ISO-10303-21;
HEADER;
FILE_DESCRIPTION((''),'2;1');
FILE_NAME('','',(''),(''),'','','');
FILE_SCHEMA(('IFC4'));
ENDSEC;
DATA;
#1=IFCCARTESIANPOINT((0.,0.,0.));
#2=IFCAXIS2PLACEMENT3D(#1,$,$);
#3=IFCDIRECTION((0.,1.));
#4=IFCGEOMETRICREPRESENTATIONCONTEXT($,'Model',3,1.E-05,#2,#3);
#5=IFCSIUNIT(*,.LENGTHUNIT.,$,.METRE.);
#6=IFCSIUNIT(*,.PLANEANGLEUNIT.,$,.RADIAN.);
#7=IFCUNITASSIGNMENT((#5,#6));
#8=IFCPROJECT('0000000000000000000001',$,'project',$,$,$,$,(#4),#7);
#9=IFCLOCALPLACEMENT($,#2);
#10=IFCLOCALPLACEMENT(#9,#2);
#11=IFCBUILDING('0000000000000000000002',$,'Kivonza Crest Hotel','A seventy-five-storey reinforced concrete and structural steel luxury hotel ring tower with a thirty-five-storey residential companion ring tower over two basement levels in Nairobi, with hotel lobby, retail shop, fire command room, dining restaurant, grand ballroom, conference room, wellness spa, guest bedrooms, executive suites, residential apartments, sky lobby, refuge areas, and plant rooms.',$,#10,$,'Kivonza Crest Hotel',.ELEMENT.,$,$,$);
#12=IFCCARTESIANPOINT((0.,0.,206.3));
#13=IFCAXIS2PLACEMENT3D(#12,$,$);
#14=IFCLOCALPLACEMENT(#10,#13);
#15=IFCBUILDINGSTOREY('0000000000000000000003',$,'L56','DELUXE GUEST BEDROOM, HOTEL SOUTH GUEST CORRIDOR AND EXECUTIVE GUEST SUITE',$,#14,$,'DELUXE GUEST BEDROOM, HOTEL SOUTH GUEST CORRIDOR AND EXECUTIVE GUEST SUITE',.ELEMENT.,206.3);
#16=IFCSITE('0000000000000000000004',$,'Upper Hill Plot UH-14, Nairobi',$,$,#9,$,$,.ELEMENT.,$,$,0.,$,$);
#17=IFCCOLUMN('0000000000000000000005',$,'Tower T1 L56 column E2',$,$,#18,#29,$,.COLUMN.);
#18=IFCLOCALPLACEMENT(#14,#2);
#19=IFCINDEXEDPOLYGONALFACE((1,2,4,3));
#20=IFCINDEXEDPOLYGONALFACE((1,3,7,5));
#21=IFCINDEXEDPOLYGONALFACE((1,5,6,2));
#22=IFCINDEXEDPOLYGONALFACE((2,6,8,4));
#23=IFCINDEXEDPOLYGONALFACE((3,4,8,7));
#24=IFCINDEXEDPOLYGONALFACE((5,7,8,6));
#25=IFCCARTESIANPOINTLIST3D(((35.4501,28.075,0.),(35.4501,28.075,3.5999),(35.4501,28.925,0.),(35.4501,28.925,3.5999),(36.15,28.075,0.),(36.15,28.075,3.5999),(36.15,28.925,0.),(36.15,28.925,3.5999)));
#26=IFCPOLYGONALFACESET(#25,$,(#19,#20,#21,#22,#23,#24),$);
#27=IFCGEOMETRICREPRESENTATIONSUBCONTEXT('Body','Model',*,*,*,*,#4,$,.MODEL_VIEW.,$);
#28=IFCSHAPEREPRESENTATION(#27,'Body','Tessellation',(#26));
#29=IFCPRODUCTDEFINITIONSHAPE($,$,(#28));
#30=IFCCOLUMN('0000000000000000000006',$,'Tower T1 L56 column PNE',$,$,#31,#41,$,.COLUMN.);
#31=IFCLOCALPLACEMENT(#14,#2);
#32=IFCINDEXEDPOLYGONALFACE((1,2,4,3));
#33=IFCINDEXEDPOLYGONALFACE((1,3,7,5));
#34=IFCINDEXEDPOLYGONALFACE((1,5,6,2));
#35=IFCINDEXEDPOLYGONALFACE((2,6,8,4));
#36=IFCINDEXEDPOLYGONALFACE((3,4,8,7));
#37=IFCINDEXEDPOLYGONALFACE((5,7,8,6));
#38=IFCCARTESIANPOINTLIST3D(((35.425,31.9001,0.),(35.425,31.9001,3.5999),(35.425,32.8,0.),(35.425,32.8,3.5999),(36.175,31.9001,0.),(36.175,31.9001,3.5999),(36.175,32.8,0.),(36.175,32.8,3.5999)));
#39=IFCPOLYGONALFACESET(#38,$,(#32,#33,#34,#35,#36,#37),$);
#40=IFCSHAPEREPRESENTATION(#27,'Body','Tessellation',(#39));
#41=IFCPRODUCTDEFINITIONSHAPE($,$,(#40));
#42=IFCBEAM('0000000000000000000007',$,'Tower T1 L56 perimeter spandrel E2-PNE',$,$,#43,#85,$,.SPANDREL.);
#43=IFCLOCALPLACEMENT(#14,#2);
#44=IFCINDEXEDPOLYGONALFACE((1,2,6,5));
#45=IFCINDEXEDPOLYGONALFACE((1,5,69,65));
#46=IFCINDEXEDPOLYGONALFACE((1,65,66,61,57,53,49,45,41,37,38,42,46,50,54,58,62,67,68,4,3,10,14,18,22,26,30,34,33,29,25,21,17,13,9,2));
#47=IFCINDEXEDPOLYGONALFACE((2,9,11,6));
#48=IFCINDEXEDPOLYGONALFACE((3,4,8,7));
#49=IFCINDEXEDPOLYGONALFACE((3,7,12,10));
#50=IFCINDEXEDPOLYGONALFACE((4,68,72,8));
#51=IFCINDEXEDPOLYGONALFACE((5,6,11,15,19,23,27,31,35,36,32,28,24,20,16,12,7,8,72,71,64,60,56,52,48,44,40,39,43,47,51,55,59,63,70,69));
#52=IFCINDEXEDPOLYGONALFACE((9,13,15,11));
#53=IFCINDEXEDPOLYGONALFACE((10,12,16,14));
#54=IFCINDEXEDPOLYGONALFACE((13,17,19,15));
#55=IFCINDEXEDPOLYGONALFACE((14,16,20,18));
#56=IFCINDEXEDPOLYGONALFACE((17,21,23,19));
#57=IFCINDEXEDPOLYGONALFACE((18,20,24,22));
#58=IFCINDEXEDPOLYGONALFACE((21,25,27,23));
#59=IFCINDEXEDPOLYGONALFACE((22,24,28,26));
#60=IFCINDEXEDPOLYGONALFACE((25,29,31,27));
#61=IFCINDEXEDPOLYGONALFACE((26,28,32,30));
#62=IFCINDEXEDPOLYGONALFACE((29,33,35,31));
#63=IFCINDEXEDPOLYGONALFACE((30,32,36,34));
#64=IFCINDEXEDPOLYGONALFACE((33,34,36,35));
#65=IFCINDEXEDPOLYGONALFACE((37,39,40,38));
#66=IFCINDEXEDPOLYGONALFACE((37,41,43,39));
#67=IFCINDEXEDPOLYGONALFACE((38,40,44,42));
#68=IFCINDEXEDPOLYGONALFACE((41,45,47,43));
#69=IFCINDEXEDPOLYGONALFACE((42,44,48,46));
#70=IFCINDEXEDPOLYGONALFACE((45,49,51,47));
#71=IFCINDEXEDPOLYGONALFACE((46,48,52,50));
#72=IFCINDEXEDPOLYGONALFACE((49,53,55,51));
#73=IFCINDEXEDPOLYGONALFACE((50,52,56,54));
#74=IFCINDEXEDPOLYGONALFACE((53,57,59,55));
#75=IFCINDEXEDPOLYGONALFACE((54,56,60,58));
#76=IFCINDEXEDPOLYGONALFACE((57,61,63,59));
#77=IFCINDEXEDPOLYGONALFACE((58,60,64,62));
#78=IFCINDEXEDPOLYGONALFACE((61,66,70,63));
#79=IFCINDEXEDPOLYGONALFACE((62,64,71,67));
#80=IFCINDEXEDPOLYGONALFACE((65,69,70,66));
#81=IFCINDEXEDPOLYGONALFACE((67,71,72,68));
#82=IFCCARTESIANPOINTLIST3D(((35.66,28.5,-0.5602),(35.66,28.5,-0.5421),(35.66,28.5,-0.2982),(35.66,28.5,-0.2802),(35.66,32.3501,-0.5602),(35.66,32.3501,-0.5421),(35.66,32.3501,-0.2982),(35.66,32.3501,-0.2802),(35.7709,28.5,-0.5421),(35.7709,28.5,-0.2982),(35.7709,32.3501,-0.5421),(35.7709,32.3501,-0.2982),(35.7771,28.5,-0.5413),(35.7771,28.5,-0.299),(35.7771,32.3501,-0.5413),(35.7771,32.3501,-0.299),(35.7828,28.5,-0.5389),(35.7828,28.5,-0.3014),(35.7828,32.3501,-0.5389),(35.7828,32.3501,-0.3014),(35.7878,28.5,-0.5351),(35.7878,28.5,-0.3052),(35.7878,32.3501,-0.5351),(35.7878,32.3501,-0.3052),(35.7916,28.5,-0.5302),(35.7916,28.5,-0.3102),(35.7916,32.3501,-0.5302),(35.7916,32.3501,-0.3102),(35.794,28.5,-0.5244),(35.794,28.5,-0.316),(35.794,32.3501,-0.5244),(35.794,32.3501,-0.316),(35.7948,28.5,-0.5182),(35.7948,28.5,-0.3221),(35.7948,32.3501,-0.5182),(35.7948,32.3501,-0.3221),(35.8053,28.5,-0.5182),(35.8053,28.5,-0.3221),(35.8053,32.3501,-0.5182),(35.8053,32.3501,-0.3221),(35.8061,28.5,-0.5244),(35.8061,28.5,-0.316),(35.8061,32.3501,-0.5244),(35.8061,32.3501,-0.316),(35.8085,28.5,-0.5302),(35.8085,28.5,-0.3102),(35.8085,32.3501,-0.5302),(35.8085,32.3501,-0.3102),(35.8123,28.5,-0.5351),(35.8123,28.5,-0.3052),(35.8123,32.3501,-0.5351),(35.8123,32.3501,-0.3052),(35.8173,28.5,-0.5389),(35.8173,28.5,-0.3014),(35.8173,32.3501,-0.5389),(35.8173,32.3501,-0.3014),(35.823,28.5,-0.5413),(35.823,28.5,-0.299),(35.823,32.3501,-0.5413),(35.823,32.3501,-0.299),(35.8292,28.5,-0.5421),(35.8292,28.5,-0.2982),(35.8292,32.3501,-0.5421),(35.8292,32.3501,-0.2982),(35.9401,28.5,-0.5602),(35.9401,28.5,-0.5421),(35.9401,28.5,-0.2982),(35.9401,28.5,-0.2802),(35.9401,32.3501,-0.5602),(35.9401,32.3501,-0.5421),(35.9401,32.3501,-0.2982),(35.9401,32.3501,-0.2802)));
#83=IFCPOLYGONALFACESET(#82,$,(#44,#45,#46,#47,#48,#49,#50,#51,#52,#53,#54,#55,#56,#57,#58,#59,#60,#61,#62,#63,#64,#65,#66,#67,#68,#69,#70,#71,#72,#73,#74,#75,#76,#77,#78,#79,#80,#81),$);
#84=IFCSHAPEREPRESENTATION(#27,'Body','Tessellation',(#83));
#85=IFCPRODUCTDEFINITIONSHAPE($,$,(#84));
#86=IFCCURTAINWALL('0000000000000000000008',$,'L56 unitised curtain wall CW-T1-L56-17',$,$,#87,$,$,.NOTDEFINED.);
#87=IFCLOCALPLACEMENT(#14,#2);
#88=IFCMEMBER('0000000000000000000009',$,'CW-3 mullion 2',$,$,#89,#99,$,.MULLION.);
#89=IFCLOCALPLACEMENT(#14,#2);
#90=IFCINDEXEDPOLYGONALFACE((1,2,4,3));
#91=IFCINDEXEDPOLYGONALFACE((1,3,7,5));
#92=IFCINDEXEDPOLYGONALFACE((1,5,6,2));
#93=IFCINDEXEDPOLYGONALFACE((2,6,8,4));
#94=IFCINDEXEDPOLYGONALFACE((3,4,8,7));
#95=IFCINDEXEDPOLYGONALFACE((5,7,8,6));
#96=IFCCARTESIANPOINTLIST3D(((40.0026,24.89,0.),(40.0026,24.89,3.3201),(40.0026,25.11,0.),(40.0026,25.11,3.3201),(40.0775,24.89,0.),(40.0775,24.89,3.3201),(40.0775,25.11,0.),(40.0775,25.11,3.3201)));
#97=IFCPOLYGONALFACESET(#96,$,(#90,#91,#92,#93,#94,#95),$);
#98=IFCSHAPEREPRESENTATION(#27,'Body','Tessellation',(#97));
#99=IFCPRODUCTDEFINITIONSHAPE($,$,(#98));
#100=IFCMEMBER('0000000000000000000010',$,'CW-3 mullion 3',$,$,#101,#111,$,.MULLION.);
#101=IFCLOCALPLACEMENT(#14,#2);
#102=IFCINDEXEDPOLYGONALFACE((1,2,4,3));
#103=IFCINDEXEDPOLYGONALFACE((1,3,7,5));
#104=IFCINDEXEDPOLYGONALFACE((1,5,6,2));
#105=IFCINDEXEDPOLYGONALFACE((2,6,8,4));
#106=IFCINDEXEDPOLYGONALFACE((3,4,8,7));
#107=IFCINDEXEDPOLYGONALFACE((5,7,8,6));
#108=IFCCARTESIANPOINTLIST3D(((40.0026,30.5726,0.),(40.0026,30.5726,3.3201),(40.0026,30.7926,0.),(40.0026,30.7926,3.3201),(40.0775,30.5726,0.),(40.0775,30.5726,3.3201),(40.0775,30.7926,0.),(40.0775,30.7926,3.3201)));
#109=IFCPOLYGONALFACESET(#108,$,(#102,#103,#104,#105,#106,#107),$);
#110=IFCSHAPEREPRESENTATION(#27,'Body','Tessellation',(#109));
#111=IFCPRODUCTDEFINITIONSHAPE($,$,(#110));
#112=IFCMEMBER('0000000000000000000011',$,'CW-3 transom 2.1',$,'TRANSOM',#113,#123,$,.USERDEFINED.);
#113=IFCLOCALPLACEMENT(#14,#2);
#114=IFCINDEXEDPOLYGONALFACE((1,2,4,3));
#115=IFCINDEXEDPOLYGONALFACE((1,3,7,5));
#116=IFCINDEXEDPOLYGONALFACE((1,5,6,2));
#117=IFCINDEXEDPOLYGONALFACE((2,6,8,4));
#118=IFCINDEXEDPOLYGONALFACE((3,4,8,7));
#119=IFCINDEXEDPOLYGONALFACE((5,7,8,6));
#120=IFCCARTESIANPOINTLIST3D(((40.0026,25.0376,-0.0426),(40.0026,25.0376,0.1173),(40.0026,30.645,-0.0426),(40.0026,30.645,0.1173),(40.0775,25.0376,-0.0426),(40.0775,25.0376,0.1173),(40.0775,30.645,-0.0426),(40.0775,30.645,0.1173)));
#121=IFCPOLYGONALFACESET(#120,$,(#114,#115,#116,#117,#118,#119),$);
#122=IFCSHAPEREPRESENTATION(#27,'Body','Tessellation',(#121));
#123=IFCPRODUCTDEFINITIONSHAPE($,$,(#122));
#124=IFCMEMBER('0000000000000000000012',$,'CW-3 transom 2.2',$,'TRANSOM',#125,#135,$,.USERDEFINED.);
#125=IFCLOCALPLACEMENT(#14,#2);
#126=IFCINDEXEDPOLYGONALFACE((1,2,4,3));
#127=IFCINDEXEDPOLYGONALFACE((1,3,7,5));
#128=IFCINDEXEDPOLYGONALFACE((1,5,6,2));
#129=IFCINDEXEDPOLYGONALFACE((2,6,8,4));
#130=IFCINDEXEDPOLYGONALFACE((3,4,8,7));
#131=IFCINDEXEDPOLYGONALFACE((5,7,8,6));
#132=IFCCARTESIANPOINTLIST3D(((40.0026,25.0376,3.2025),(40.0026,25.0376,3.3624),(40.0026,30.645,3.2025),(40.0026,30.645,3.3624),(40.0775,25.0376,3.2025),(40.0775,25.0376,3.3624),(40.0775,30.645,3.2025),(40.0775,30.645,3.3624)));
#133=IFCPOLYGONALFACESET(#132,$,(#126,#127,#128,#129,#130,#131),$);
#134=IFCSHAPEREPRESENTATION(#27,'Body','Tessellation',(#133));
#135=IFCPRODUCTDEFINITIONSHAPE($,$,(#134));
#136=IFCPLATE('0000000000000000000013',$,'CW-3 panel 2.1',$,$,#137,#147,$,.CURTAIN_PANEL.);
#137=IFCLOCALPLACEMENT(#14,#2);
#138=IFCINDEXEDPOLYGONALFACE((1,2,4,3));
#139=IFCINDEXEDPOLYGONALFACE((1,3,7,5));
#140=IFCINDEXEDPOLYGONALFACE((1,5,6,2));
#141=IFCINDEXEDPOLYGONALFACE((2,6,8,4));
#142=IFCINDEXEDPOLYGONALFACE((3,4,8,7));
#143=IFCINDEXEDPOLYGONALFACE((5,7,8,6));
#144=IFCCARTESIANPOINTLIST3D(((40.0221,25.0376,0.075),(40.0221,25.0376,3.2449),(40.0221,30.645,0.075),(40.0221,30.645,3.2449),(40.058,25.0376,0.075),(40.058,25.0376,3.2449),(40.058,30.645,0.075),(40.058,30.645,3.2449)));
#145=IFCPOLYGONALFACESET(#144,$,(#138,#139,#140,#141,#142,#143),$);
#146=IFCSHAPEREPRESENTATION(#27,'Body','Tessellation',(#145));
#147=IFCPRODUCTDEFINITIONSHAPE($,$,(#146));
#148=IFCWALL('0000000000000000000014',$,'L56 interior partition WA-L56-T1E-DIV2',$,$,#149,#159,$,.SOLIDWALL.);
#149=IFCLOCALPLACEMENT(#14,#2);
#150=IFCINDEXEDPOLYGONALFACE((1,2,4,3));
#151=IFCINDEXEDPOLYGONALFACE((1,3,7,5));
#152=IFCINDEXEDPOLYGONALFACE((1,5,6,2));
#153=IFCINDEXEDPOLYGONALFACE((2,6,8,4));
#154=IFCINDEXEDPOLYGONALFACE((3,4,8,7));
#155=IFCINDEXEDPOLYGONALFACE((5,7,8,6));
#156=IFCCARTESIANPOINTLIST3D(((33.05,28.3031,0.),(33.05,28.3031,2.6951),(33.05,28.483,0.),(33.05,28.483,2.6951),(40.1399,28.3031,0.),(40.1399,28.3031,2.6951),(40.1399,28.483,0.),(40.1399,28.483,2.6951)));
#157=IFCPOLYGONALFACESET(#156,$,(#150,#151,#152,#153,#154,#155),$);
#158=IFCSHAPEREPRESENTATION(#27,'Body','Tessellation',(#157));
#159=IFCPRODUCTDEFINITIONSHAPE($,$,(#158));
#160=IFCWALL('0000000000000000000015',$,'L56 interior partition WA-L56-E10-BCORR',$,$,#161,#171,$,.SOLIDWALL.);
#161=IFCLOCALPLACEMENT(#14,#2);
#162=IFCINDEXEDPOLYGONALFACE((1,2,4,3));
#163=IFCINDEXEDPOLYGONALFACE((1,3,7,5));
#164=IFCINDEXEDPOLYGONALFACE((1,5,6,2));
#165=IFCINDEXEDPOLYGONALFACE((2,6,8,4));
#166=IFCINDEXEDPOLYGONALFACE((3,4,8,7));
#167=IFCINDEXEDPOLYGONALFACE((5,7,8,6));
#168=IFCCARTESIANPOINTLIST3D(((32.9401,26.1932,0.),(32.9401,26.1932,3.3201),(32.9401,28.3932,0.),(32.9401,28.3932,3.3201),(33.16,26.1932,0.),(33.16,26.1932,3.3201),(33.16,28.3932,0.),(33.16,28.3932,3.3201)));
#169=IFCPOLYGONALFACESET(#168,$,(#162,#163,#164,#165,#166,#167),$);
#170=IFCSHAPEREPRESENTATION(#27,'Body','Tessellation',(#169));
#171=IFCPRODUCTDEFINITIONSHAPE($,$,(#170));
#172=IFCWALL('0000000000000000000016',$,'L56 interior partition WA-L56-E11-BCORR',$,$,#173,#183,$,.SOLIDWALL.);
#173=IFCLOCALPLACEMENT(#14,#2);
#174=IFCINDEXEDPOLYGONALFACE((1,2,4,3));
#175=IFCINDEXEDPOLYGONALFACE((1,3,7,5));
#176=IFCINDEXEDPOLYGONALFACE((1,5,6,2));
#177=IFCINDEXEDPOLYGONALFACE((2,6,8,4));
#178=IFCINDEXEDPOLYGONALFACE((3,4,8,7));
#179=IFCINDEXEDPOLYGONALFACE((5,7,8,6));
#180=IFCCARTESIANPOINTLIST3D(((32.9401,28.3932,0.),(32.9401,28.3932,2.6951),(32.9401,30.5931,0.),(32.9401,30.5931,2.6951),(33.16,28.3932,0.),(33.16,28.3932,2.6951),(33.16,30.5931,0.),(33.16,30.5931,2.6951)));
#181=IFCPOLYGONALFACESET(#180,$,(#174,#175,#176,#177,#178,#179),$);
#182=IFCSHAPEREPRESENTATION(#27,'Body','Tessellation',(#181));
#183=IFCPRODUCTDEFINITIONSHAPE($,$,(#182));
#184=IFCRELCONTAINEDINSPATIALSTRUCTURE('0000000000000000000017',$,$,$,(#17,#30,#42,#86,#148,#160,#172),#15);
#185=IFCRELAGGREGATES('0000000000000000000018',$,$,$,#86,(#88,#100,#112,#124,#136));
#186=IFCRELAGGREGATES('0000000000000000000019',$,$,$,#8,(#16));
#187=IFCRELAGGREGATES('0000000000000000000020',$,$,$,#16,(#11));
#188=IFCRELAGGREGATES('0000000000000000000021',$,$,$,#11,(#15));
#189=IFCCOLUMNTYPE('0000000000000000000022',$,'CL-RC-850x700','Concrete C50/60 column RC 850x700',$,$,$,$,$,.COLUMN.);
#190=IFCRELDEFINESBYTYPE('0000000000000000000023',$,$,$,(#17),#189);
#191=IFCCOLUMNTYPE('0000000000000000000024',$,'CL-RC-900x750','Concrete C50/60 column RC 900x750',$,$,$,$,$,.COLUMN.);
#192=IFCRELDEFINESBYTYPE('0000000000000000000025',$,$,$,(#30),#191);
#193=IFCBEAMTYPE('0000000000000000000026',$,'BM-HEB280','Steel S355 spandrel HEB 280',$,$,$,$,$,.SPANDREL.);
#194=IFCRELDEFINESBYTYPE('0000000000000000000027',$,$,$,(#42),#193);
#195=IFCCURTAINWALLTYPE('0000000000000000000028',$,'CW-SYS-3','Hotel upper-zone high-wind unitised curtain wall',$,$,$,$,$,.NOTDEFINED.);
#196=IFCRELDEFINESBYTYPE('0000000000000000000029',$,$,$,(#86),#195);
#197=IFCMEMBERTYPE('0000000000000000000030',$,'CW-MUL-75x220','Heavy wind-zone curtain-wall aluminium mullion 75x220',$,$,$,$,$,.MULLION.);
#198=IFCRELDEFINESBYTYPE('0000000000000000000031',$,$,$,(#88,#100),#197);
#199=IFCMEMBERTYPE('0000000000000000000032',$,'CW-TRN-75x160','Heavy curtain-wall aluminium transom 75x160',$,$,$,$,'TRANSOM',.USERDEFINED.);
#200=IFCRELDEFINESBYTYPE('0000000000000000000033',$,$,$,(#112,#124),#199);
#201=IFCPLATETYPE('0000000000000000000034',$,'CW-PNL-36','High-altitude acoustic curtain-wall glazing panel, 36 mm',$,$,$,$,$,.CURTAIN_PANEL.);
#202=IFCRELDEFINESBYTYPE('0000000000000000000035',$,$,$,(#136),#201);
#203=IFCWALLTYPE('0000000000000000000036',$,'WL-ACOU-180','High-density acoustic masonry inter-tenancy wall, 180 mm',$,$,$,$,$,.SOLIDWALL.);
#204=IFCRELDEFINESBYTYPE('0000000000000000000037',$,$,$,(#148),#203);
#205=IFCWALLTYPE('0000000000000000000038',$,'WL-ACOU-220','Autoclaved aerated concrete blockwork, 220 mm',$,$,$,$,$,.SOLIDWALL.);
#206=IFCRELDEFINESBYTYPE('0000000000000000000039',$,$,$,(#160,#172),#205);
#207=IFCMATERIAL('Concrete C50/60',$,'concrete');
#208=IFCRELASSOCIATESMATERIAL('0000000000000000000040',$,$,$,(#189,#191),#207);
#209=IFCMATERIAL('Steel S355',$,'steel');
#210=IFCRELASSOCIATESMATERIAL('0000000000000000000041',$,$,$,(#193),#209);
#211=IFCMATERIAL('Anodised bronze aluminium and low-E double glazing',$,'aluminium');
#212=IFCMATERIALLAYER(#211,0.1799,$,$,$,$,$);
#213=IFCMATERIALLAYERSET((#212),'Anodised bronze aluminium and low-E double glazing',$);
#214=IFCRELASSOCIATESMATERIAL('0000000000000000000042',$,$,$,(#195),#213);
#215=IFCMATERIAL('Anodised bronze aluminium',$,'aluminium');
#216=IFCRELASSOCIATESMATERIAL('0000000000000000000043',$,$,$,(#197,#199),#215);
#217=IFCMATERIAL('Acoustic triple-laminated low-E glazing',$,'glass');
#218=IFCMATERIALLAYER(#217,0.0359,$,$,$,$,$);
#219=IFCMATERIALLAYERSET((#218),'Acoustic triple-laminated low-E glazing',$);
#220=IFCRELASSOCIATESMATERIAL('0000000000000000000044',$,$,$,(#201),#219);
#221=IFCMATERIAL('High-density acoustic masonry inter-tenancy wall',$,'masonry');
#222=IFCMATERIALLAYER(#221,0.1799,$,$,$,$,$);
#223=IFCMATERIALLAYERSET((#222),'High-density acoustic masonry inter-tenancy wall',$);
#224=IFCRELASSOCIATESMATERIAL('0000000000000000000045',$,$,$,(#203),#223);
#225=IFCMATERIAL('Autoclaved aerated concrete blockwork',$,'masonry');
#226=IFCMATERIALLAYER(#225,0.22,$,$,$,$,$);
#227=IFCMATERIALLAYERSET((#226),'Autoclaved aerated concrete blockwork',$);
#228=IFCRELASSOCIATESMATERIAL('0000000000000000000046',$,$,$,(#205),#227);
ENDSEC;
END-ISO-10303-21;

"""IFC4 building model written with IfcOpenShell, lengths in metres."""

from ifc_helpers import new_model, si_unit, direction, frame, frame_2d, origin, origin_2d, place, context, subcontext, project, spatial, rectangle, i_section, extrude, material, layer, layer_set, material_profile, profile_set, type_object, element, aggregate, save


model = new_model("IFC4")

# Units and contexts
model_context = context("Model", 3, precision=1e-05, world=origin(), true_north=direction((0.0, 1.0)))
body_context = subcontext(model_context, "Body", "Model", "MODEL_VIEW")
ifc_project = project(units=[si_unit("LENGTHUNIT", "METRE"), si_unit("PLANEANGLEUNIT", "RADIAN")], contexts=[model_context])

# Site, building, storey
site_placement = place(None, origin())
site = spatial("IfcSite", under=ifc_project, at=site_placement, Name="Upper Hill Plot UH-14, Nairobi", CompositionType="ELEMENT", RefElevation=0.0)
building_placement = place(site_placement, origin())
building = spatial("IfcBuilding", under=site, at=building_placement, Name="Kivonza Crest Hotel", Description="A seventy-five-storey reinforced concrete and structural steel luxury hotel ring tower with a thirty-five-storey residential companion ring tower over two basement levels in Nairobi, with hotel lobby, retail shop, fire command room, dining restaurant, grand ballroom, conference room, wellness spa, guest bedrooms, executive suites, residential apartments, sky lobby, refuge areas, and plant rooms.", LongName="Kivonza Crest Hotel", CompositionType="ELEMENT")
storey_placement = place(building_placement, frame((0.0, 0.0, 206.3)))
storey = spatial("IfcBuildingStorey", under=building, at=storey_placement, Name="L56", Description="DELUXE GUEST BEDROOM, HOTEL SOUTH GUEST CORRIDOR AND EXECUTIVE GUEST SUITE", LongName="DELUXE GUEST BEDROOM, HOTEL SOUTH GUEST CORRIDOR AND EXECUTIVE GUEST SUITE", CompositionType="ELEMENT", Elevation=206.3)

# Columns
ifc_material_1 = material(Name="Concrete C50/60", Category="concrete")
ifc_material_profile_1 = material_profile(ifc_material_1, rectangle(XDim=0.7, YDim=0.8501, at=origin_2d()), Name="RC 850x700")
ifc_profile_set_1 = profile_set([ifc_material_profile_1], Name="Concrete C50/60")
column_type_1 = type_object("IfcColumnType", Name="CL-RC-850x700", Description="Concrete C50/60 column RC 850x700", PredefinedType="COLUMN", material=ifc_profile_set_1)
column_1_placement = place(storey_placement, frame((35.8, 28.5, 0.0), z_axis=(0.0, 0.0, 1.0), x_axis=(1.0, 0.0, 0.0)))
element("IfcColumn", 1, at=column_1_placement, inside=storey, type_object=column_type_1, Name="Tower T1 L56 column E2", PredefinedType="COLUMN", context=body_context, shape_type="SweptSolid", body=[
    extrude(rectangle(XDim=0.7, YDim=0.8501, at=origin_2d()), origin(), (0.0, 0.0, 1.0), 3.5999),
])
ifc_material_profile_2 = material_profile(ifc_material_1, rectangle(XDim=0.75, YDim=0.8999, at=origin_2d()), Name="RC 900x750")
ifc_profile_set_2 = profile_set([ifc_material_profile_2], Name="Concrete C50/60")
column_type_2 = type_object("IfcColumnType", Name="CL-RC-900x750", Description="Concrete C50/60 column RC 900x750", PredefinedType="COLUMN", material=ifc_profile_set_2)
column_2_placement = place(storey_placement, frame((35.8, 32.3501, 0.0), z_axis=(0.0, 0.0, 1.0), x_axis=(1.0, 0.0, 0.0)))
element("IfcColumn", 2, at=column_2_placement, inside=storey, type_object=column_type_2, Name="Tower T1 L56 column PNE", PredefinedType="COLUMN", context=body_context, shape_type="SweptSolid", body=[
    extrude(rectangle(XDim=0.75, YDim=0.8999, at=origin_2d()), origin(), (0.0, 0.0, 1.0), 3.5999),
])

# Beam
ifc_material_2 = material(Name="Steel S355", Category="steel")
ifc_material_profile_3 = material_profile(ifc_material_2, i_section(OverallWidth=0.28, OverallDepth=0.28, WebThickness=0.0105, FlangeThickness=0.0181, FilletRadius=0.0239, at=origin_2d()), Name="HEB 280")
ifc_profile_set_3 = profile_set([ifc_material_profile_3], Name="Steel S355")
beam_type = type_object("IfcBeamType", Name="BM-HEB280", Description="Steel S355 spandrel HEB 280", PredefinedType="SPANDREL", material=ifc_profile_set_3)
beam_placement = place(storey_placement, frame((35.8, 28.5, -0.4202), z_axis=(0.0, 1.0, 0.0), x_axis=(-1.0, 0.0, 0.0)))
element("IfcBeam", 3, at=beam_placement, inside=storey, type_object=beam_type, Name="Tower T1 L56 perimeter spandrel E2-PNE", PredefinedType="SPANDREL", context=body_context, shape_type="SweptSolid", body=[
    extrude(i_section(OverallWidth=0.28, OverallDepth=0.28, WebThickness=0.0105, FlangeThickness=0.0181, FilletRadius=0.0239, at=origin_2d()), origin(), (0.0, 0.0, 1.0), 3.8501),
])

# Curtain wall, members, plate
ifc_material_3 = material(Name="Anodised bronze aluminium and low-E double glazing", Category="aluminium")
ifc_layer_1 = layer(ifc_material_3, 0.1799)
ifc_layer_set_1 = layer_set([ifc_layer_1], Name="Anodised bronze aluminium and low-E double glazing")
curtain_wall_type = type_object("IfcCurtainWallType", Name="CW-SYS-3", Description="Hotel upper-zone high-wind unitised curtain wall", PredefinedType="NOTDEFINED", material=ifc_layer_set_1)
curtain_wall_placement = place(storey_placement, origin())
curtain_wall = element("IfcCurtainWall", 4, at=curtain_wall_placement, inside=storey, type_object=curtain_wall_type, Name="L56 unitised curtain wall CW-T1-L56-17", PredefinedType="NOTDEFINED")
ifc_material_4 = material(Name="Anodised bronze aluminium", Category="aluminium")
ifc_material_profile_4 = material_profile(ifc_material_4, rectangle(XDim=0.075, YDim=0.22, at=origin_2d()), Name="CW-M 75x220")
ifc_profile_set_4 = profile_set([ifc_material_profile_4], Name="Anodised bronze aluminium")
member_type_1 = type_object("IfcMemberType", Name="CW-MUL-75x220", Description="Heavy wind-zone curtain-wall aluminium mullion 75x220", PredefinedType="MULLION", material=ifc_profile_set_4)
member_1_placement = place(storey_placement, frame((40.04, 25.0, 0.0), z_axis=(0.0, 0.0, 1.0), x_axis=(-1.0, 0.0, 0.0)))
member_1 = element("IfcMember", 5, at=member_1_placement, type_object=member_type_1, Name="CW-3 mullion 2", PredefinedType="MULLION", context=body_context, shape_type="SweptSolid", body=[
    extrude(rectangle(XDim=0.075, YDim=0.22, at=origin_2d()), origin(), (0.0, 0.0, 1.0), 3.3201),
])
member_2_placement = place(storey_placement, frame((40.04, 30.6826, 0.0), z_axis=(0.0, 0.0, 1.0), x_axis=(-1.0, 0.0, 0.0)))
member_2 = element("IfcMember", 6, at=member_2_placement, type_object=member_type_1, Name="CW-3 mullion 3", PredefinedType="MULLION", context=body_context, shape_type="SweptSolid", body=[
    extrude(rectangle(XDim=0.075, YDim=0.22, at=origin_2d()), origin(), (0.0, 0.0, 1.0), 3.3201),
])
ifc_material_profile_5 = material_profile(ifc_material_4, rectangle(XDim=0.075, YDim=0.1599, at=origin_2d()), Name="CW-T 75x160")
ifc_profile_set_5 = profile_set([ifc_material_profile_5], Name="Anodised bronze aluminium")
member_type_2 = type_object("IfcMemberType", Name="CW-TRN-75x160", Description="Heavy curtain-wall aluminium transom 75x160", ElementType="TRANSOM", PredefinedType="USERDEFINED", material=ifc_profile_set_5)
member_3_placement = place(storey_placement, frame((40.04, 25.0376, 0.0374), z_axis=(0.0, 1.0, 0.0), x_axis=(-1.0, 0.0, 0.0)))
member_3 = element("IfcMember", 7, at=member_3_placement, type_object=member_type_2, Name="CW-3 transom 2.1", ObjectType="TRANSOM", PredefinedType="USERDEFINED", context=body_context, shape_type="SweptSolid", body=[
    extrude(rectangle(XDim=0.075, YDim=0.1599, at=origin_2d()), origin(), (0.0, 0.0, 1.0), 5.6074),
])
member_4_placement = place(storey_placement, frame((40.04, 25.0376, 3.2825), z_axis=(0.0, 1.0, 0.0), x_axis=(-1.0, 0.0, 0.0)))
member_4 = element("IfcMember", 8, at=member_4_placement, type_object=member_type_2, Name="CW-3 transom 2.2", ObjectType="TRANSOM", PredefinedType="USERDEFINED", context=body_context, shape_type="SweptSolid", body=[
    extrude(rectangle(XDim=0.075, YDim=0.1599, at=origin_2d()), origin(), (0.0, 0.0, 1.0), 5.6074),
])
ifc_material_5 = material(Name="Acoustic triple-laminated low-E glazing", Category="glass")
ifc_layer_2 = layer(ifc_material_5, 0.0359)
ifc_layer_set_2 = layer_set([ifc_layer_2], Name="Acoustic triple-laminated low-E glazing")
plate_type = type_object("IfcPlateType", Name="CW-PNL-36", Description="High-altitude acoustic curtain-wall glazing panel, 36 mm", PredefinedType="CURTAIN_PANEL", material=ifc_layer_set_2)
plate_placement = place(storey_placement, frame((40.04, 27.8413, 0.075), z_axis=(0.0, 0.0, 1.0), x_axis=(0.0, 1.0, 0.0)))
plate = element("IfcPlate", 9, at=plate_placement, type_object=plate_type, Name="CW-3 panel 2.1", PredefinedType="CURTAIN_PANEL", context=body_context, shape_type="SweptSolid", body=[
    extrude(rectangle(XDim=5.6074, YDim=0.0359, at=origin_2d()), origin(), (0.0, 0.0, 1.0), 3.1699),
])
aggregate(curtain_wall, [member_1, member_2, member_3, member_4, plate])

# Walls
ifc_material_6 = material(Name="High-density acoustic masonry inter-tenancy wall", Category="masonry")
ifc_layer_3 = layer(ifc_material_6, 0.1799)
ifc_layer_set_3 = layer_set([ifc_layer_3], Name="High-density acoustic masonry inter-tenancy wall")
wall_type_1 = type_object("IfcWallType", Name="WL-ACOU-180", Description="High-density acoustic masonry inter-tenancy wall, 180 mm", PredefinedType="SOLIDWALL", material=ifc_layer_set_3)
wall_1_placement = place(storey_placement, frame((33.05, 28.3931, 0.0), z_axis=(0.0, 0.0, 1.0), x_axis=(1.0, 0.0, 0.0)))
element("IfcWall", 10, at=wall_1_placement, inside=storey, type_object=wall_type_1, Name="L56 interior partition WA-L56-T1E-DIV2", PredefinedType="SOLIDWALL", context=body_context, shape_type="SweptSolid", body=[
    extrude(rectangle(XDim=7.0898, YDim=0.1799, at=frame_2d((3.5449, 0.0))), origin(), (0.0, 0.0, 1.0), 2.6951),
])
ifc_material_7 = material(Name="Autoclaved aerated concrete blockwork", Category="masonry")
ifc_layer_4 = layer(ifc_material_7, 0.22)
ifc_layer_set_4 = layer_set([ifc_layer_4], Name="Autoclaved aerated concrete blockwork")
wall_type_2 = type_object("IfcWallType", Name="WL-ACOU-220", Description="Autoclaved aerated concrete blockwork, 220 mm", PredefinedType="SOLIDWALL", material=ifc_layer_set_4)
wall_2_placement = place(storey_placement, frame((33.05, 26.1931, 0.0), z_axis=(0.0, 0.0, 1.0), x_axis=(0.0, 1.0, 0.0)))
element("IfcWall", 11, at=wall_2_placement, inside=storey, type_object=wall_type_2, Name="L56 interior partition WA-L56-E10-BCORR", PredefinedType="SOLIDWALL", context=body_context, shape_type="SweptSolid", body=[
    extrude(rectangle(XDim=2.2, YDim=0.22, at=frame_2d((1.1001, 0.0))), origin(), (0.0, 0.0, 1.0), 3.3201),
])
wall_3_placement = place(storey_placement, frame((33.05, 28.3931, 0.0), z_axis=(0.0, 0.0, 1.0), x_axis=(0.0, 1.0, 0.0)))
element("IfcWall", 12, at=wall_3_placement, inside=storey, type_object=wall_type_2, Name="L56 interior partition WA-L56-E11-BCORR", PredefinedType="SOLIDWALL", context=body_context, shape_type="SweptSolid", body=[
    extrude(rectangle(XDim=2.2, YDim=0.22, at=frame_2d((1.1001, 0.0))), origin(), (0.0, 0.0, 1.0), 2.6951),
])

save(model, "model.ifc")
